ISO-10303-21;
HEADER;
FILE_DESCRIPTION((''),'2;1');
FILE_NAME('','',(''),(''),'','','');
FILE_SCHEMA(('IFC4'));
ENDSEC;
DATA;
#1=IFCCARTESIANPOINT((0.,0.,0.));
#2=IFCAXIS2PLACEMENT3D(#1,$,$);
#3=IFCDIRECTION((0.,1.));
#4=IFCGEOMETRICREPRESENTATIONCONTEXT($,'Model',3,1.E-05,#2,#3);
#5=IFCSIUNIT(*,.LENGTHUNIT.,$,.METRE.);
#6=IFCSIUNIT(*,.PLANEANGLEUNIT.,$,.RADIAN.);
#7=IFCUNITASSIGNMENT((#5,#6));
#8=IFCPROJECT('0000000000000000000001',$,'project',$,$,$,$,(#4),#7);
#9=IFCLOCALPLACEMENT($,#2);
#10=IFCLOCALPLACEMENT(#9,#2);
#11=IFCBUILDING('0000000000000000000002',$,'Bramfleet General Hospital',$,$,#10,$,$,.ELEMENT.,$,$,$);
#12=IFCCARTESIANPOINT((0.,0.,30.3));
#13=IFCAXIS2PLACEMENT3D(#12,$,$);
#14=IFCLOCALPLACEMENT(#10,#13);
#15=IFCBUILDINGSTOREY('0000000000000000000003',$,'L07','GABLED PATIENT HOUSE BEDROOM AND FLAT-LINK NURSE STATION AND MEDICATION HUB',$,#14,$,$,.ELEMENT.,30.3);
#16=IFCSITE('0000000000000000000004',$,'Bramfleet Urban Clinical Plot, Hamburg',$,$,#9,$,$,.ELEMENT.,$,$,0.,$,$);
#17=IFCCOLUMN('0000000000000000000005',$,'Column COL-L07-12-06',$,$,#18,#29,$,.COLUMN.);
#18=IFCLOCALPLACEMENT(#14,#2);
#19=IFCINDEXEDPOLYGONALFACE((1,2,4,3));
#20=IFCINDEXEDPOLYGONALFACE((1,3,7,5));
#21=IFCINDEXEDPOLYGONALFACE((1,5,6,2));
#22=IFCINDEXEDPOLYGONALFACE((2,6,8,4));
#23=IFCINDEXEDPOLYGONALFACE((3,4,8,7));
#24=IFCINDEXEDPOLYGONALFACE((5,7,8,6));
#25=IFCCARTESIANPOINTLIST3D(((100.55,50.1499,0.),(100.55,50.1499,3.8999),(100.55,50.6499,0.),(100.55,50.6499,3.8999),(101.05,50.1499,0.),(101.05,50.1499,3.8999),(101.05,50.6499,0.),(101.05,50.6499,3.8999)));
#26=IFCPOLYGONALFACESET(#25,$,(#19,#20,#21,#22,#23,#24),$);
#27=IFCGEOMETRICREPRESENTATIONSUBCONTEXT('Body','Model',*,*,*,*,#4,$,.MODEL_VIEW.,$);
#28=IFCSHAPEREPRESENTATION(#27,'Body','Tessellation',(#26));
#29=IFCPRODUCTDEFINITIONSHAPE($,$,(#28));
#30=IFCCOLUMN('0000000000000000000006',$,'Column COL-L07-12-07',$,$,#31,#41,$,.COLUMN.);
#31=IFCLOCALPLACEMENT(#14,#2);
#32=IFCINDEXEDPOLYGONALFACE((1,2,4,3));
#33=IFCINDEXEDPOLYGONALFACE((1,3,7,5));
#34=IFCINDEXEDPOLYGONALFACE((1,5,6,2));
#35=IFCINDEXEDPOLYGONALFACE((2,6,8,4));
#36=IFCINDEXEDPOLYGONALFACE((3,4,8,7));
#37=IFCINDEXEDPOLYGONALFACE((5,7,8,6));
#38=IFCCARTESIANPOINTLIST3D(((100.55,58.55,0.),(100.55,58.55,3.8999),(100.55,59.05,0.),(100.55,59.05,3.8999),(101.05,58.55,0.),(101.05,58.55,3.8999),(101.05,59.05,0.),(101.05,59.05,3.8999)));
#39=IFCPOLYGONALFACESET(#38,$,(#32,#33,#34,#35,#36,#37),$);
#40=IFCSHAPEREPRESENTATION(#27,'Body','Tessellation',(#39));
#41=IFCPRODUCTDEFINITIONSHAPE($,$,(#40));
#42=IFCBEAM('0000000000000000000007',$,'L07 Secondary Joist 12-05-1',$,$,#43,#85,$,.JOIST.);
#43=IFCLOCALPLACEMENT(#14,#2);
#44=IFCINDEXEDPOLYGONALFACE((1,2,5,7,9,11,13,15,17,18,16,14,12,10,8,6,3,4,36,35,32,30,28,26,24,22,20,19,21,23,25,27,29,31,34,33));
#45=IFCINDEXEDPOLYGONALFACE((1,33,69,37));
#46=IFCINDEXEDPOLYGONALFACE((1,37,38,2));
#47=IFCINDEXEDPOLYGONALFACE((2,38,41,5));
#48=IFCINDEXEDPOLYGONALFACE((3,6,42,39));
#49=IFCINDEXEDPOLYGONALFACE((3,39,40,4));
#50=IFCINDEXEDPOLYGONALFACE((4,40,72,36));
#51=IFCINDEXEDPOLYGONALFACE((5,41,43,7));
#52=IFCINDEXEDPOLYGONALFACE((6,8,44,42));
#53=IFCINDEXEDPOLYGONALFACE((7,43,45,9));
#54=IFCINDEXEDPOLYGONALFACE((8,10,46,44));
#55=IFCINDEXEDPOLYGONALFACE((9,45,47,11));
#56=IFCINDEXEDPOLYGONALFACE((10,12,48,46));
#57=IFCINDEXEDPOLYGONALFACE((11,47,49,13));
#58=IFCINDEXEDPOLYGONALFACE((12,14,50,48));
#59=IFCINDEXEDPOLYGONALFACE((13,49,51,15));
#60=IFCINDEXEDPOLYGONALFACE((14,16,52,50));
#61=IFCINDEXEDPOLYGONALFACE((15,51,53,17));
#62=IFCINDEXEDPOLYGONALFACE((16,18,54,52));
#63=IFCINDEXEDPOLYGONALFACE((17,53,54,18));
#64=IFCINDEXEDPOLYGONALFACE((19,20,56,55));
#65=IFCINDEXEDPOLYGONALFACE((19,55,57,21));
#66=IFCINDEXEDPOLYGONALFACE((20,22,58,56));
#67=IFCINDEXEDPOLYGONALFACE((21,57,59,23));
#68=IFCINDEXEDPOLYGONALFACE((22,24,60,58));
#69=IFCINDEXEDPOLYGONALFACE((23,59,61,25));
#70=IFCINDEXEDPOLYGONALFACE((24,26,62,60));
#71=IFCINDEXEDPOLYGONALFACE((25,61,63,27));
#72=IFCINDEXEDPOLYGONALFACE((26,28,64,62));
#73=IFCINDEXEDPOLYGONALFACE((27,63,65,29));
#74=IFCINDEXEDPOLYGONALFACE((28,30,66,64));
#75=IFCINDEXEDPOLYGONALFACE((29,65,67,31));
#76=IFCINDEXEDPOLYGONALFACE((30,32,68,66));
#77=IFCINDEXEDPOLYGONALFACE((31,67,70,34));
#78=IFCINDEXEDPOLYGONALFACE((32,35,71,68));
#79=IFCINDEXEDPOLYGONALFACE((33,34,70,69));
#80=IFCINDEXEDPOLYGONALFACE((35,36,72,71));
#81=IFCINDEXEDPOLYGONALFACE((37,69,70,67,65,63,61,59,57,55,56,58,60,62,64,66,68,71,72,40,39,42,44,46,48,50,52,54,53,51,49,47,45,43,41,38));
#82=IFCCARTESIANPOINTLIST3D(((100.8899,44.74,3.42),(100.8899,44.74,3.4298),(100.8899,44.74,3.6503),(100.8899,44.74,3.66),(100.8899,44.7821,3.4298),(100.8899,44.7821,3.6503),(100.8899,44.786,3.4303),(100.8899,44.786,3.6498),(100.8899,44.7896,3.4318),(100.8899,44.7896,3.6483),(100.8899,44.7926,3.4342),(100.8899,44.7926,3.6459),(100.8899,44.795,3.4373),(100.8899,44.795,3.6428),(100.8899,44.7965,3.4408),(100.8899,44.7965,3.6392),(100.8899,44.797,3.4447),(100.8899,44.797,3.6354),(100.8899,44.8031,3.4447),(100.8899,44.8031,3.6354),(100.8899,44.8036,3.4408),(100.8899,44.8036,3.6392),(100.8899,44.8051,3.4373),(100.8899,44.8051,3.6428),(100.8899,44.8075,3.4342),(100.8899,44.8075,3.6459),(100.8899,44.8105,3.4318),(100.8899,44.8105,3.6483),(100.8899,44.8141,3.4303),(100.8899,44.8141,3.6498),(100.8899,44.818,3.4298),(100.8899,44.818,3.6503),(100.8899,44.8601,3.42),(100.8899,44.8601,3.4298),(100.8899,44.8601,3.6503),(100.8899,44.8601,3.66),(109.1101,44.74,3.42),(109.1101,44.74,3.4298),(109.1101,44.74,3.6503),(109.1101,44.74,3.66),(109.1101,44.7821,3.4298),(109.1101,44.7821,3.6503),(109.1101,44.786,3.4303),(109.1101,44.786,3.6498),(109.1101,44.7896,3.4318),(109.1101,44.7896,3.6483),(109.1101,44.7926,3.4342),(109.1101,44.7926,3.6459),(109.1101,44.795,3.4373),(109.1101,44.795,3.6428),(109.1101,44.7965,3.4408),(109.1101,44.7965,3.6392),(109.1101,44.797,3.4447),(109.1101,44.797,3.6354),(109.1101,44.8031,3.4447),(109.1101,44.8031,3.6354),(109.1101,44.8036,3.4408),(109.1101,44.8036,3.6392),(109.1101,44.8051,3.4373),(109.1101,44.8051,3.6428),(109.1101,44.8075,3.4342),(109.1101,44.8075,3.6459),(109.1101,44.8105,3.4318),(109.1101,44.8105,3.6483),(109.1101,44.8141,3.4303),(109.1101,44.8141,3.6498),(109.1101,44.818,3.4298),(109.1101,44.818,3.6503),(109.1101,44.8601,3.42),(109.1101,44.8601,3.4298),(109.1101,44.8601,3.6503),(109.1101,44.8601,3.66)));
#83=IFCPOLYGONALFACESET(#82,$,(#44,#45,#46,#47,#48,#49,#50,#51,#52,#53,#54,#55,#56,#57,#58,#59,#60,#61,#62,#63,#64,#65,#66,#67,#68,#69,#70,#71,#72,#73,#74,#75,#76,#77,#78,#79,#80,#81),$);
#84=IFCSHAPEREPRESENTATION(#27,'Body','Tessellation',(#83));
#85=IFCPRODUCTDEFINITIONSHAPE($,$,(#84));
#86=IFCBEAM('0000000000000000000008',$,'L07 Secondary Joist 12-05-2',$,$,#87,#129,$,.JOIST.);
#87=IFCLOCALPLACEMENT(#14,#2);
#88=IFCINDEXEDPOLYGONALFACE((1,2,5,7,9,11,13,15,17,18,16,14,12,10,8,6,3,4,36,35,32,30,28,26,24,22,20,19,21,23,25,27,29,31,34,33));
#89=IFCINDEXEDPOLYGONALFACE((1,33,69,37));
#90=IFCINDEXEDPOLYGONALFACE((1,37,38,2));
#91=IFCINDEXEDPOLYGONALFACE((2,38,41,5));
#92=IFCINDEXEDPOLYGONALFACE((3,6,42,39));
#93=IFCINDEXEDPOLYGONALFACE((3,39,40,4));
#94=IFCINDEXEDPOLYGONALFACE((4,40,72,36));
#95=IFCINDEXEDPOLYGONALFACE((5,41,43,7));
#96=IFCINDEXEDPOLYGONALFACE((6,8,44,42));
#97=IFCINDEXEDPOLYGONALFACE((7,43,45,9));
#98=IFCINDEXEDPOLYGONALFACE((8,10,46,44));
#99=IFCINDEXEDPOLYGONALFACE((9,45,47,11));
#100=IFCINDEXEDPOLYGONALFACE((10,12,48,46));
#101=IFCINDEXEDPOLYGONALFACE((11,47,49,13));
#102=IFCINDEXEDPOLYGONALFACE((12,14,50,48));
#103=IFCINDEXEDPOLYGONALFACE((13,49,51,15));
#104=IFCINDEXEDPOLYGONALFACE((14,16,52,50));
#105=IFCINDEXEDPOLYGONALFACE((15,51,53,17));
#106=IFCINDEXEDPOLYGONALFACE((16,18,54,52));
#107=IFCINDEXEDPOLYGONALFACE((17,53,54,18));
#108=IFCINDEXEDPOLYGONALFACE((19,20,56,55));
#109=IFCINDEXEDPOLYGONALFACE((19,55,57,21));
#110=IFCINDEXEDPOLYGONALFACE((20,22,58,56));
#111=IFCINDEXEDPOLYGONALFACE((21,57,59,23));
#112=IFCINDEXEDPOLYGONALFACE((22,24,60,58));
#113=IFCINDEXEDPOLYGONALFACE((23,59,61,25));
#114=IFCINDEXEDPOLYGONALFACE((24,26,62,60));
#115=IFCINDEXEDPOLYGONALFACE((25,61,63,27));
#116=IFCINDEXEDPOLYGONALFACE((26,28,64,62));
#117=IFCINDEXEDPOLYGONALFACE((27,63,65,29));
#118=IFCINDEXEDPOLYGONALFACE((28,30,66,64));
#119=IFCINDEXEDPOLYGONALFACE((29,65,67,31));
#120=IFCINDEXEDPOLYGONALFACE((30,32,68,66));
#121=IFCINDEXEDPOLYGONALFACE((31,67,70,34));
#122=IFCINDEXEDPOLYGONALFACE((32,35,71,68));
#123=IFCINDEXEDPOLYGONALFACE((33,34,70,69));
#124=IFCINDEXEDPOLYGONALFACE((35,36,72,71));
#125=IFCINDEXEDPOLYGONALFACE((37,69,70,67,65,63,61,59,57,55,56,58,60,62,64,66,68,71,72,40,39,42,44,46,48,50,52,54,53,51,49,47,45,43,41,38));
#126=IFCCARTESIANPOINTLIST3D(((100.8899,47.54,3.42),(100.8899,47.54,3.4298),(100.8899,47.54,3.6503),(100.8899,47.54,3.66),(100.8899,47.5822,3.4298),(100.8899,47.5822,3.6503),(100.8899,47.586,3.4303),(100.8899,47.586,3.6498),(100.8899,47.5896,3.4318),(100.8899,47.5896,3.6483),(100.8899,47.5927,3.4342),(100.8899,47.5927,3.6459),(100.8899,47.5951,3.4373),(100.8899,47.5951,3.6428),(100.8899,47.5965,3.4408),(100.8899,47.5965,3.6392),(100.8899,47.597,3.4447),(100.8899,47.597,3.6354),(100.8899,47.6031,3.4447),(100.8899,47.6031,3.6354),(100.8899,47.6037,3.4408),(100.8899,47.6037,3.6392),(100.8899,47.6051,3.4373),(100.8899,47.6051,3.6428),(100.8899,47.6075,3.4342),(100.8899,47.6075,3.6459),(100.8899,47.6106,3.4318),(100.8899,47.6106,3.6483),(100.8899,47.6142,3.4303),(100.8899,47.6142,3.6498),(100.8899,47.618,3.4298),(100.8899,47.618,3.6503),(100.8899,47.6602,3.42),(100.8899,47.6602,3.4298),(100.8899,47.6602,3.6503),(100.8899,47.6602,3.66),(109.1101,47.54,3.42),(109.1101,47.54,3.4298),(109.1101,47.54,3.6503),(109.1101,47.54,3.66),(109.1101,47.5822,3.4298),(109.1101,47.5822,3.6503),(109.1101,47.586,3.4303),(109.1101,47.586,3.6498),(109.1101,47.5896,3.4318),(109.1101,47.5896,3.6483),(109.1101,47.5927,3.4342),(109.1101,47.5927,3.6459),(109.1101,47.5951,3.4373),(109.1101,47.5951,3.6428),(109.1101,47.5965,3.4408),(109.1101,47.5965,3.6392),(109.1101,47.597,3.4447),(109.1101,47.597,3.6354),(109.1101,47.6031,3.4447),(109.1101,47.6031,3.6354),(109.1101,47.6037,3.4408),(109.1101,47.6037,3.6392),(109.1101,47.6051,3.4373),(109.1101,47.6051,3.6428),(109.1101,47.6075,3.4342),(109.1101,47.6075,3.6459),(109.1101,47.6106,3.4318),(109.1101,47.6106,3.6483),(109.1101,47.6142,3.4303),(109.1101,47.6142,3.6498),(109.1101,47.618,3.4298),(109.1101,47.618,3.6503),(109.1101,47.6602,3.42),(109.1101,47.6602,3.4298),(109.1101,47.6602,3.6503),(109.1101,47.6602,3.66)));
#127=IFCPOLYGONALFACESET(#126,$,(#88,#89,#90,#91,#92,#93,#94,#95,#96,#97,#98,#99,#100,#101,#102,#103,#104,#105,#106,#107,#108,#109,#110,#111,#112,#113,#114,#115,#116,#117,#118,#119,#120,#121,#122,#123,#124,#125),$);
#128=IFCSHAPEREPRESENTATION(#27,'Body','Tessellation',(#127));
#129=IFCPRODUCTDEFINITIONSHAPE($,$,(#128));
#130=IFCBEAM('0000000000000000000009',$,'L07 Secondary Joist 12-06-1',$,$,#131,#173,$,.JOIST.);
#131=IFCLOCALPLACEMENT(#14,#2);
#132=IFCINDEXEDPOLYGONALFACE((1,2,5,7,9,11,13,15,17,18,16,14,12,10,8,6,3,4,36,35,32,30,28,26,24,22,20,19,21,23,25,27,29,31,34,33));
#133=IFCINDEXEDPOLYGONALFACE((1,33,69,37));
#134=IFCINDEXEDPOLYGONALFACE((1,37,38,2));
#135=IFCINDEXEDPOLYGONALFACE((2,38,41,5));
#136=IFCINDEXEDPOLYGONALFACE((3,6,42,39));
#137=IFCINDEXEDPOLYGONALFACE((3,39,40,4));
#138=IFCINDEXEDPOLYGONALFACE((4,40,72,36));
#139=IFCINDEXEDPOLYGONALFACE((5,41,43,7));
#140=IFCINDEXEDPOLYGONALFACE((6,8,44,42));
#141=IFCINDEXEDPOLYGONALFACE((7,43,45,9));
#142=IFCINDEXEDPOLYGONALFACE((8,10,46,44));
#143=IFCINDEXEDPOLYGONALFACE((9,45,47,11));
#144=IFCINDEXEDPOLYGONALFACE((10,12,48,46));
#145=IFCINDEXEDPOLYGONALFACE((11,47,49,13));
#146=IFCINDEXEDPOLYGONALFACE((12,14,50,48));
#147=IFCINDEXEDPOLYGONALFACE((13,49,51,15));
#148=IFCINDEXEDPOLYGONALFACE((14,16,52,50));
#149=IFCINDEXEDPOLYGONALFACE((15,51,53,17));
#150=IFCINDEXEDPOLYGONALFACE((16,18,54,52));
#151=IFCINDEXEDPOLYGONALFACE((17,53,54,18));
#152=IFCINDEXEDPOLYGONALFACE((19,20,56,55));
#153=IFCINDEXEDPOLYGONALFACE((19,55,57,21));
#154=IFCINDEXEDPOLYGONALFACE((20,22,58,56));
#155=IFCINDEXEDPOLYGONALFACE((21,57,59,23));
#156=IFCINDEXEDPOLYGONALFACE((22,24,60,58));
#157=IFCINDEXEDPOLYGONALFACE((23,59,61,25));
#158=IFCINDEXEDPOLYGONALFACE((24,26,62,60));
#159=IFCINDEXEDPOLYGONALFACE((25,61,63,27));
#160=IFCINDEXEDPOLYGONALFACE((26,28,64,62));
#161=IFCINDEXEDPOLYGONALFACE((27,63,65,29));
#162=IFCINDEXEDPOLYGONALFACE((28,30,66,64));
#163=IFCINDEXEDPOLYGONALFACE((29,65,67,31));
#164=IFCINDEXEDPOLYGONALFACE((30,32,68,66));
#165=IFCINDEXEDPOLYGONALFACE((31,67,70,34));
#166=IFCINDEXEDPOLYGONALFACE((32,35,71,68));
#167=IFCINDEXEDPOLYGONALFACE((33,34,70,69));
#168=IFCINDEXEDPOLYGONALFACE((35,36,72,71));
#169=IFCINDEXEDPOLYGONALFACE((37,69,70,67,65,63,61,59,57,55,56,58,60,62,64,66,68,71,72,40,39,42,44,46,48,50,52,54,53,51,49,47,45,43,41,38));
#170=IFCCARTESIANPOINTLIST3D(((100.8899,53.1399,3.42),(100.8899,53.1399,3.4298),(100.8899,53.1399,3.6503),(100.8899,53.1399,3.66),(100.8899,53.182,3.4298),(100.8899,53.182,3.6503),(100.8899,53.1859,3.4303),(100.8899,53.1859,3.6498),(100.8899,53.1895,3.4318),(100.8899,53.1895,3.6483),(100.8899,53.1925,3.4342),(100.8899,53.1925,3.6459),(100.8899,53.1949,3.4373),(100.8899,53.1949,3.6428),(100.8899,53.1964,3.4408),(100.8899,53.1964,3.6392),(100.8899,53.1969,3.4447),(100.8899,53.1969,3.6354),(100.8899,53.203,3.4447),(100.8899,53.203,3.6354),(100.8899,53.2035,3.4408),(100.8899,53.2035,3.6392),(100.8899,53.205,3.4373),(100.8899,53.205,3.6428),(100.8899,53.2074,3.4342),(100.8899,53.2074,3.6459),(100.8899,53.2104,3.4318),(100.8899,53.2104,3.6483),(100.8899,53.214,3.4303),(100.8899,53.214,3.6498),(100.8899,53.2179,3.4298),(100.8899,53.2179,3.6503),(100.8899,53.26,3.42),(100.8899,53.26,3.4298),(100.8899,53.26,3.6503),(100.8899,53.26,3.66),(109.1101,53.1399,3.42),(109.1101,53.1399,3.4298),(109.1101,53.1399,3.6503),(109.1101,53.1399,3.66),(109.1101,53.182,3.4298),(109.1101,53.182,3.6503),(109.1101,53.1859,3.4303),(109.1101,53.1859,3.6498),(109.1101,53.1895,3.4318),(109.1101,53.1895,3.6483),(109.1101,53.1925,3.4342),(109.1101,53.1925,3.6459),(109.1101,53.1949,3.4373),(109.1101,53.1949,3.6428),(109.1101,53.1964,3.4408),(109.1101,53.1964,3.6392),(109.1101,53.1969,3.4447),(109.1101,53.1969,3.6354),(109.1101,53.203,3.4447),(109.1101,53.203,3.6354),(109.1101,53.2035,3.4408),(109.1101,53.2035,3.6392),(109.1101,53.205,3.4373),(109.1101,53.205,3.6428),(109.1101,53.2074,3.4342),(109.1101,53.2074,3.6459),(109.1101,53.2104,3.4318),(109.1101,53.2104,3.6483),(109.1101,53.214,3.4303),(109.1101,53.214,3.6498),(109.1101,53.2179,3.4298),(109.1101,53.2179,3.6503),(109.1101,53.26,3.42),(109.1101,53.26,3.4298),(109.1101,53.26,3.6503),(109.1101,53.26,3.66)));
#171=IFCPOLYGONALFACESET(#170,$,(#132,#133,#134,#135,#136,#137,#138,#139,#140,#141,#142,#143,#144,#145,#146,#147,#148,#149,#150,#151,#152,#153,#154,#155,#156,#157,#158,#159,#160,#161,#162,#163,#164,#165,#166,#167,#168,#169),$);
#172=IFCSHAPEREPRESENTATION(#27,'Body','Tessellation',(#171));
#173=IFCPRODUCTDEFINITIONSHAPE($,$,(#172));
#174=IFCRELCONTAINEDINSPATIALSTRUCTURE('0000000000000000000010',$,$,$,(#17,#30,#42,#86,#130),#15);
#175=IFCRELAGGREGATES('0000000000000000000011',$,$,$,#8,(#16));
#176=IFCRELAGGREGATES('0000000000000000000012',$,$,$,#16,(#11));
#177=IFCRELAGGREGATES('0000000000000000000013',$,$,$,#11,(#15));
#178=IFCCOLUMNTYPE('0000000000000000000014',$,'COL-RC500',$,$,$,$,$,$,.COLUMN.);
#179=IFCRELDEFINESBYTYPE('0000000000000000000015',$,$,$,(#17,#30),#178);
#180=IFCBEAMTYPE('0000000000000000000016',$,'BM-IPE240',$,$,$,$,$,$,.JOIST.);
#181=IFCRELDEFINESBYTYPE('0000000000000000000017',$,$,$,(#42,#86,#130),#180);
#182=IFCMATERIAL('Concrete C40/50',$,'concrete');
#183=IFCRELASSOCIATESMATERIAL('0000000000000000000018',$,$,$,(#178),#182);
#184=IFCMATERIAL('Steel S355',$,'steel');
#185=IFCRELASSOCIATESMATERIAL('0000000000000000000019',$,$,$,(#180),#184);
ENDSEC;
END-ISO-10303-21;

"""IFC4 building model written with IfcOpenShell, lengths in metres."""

from ifc_helpers import new_model, si_unit, direction, frame, origin, origin_2d, place, context, subcontext, project, spatial, rectangle, i_section, extrude, material, material_profile, profile_set, type_object, element, save


model = new_model("IFC4")

# Units and contexts
model_context = context("Model", 3, precision=1e-05, world=origin(), true_north=direction((0.0, 1.0)))
body_context = subcontext(model_context, "Body", "Model", "MODEL_VIEW")
ifc_project = project(units=[si_unit("LENGTHUNIT", "METRE"), si_unit("PLANEANGLEUNIT", "RADIAN")], contexts=[model_context])

# Site, building, storey
site_placement = place(None, origin())
site = spatial("IfcSite", under=ifc_project, at=site_placement, Name="Bramfleet Urban Clinical Plot, Hamburg", CompositionType="ELEMENT", RefElevation=0.0)
building_placement = place(site_placement, origin())
building = spatial("IfcBuilding", under=site, at=building_placement, Name="Bramfleet General Hospital", CompositionType="ELEMENT")
storey_placement = place(building_placement, frame((0.0, 0.0, 30.3)))
storey = spatial("IfcBuildingStorey", under=building, at=storey_placement, Name="L07", Description="GABLED PATIENT HOUSE BEDROOM AND FLAT-LINK NURSE STATION AND MEDICATION HUB", CompositionType="ELEMENT", Elevation=30.3)

# Columns
ifc_material_1 = material(Name="Concrete C40/50", Category="concrete")
ifc_material_profile_1 = material_profile(ifc_material_1, rectangle(XDim=0.5, YDim=0.5, at=origin_2d()), Name="RC COL 500x500")
ifc_profile_set_1 = profile_set([ifc_material_profile_1], Name="Concrete C40/50")
column_type = type_object("IfcColumnType", Name="COL-RC500", PredefinedType="COLUMN", material=ifc_profile_set_1)
for number, where, z_axis, x_axis, name in (
    (1, (100.8, 50.3999, 0.0), (0.0, 0.0, 1.0), (1.0, 0.0, 0.0), "Column COL-L07-12-06"),
    (2, (100.8, 58.8, 0.0), (0.0, 0.0, 1.0), (1.0, 0.0, 0.0), "Column COL-L07-12-07"),
):
    element("IfcColumn", number, at=place(storey_placement, frame(where, z_axis=z_axis, x_axis=x_axis)), inside=storey, type_object=column_type, Name=name, PredefinedType="COLUMN", context=body_context, shape_type="SweptSolid", body=[
        extrude(rectangle(XDim=0.5, YDim=0.5, at=origin_2d()), origin(), (0.0, 0.0, 1.0), 3.8999),
    ])

# Beams
ifc_material_2 = material(Name="Steel S355", Category="steel")
ifc_material_profile_2 = material_profile(ifc_material_2, i_section(OverallWidth=0.1201, OverallDepth=0.24, WebThickness=0.0061, FlangeThickness=0.0098, FilletRadius=0.0149, at=origin_2d()), Name="IPE 240")
ifc_profile_set_2 = profile_set([ifc_material_profile_2], Name="Steel S355")
beam_type_1 = type_object("IfcBeamType", Name="BM-IPE240", PredefinedType="JOIST", material=ifc_profile_set_2)
for number, where, z_axis, x_axis, name in (
    (3, (100.8899, 44.8, 3.54), (1.0, 0.0, 0.0), (0.0, 1.0, 0.0), "L07 Secondary Joist 12-05-1"),
    (4, (100.8899, 47.6001, 3.54), (1.0, 0.0, 0.0), (0.0, 1.0, 0.0), "L07 Secondary Joist 12-05-2"),
    (5, (100.8899, 53.2, 3.54), (1.0, 0.0, 0.0), (0.0, 1.0, 0.0), "L07 Secondary Joist 12-06-1"),
):
    element("IfcBeam", number, at=place(storey_placement, frame(where, z_axis=z_axis, x_axis=x_axis)), inside=storey, type_object=beam_type_1, Name=name, PredefinedType="JOIST", context=body_context, shape_type="SweptSolid", body=[
        extrude(i_section(OverallWidth=0.1201, OverallDepth=0.24, WebThickness=0.0061, FlangeThickness=0.0098, FilletRadius=0.0149, at=origin_2d()), origin(), (0.0, 0.0, 1.0), 8.2202),
    ])

save(model, "model.ifc")
